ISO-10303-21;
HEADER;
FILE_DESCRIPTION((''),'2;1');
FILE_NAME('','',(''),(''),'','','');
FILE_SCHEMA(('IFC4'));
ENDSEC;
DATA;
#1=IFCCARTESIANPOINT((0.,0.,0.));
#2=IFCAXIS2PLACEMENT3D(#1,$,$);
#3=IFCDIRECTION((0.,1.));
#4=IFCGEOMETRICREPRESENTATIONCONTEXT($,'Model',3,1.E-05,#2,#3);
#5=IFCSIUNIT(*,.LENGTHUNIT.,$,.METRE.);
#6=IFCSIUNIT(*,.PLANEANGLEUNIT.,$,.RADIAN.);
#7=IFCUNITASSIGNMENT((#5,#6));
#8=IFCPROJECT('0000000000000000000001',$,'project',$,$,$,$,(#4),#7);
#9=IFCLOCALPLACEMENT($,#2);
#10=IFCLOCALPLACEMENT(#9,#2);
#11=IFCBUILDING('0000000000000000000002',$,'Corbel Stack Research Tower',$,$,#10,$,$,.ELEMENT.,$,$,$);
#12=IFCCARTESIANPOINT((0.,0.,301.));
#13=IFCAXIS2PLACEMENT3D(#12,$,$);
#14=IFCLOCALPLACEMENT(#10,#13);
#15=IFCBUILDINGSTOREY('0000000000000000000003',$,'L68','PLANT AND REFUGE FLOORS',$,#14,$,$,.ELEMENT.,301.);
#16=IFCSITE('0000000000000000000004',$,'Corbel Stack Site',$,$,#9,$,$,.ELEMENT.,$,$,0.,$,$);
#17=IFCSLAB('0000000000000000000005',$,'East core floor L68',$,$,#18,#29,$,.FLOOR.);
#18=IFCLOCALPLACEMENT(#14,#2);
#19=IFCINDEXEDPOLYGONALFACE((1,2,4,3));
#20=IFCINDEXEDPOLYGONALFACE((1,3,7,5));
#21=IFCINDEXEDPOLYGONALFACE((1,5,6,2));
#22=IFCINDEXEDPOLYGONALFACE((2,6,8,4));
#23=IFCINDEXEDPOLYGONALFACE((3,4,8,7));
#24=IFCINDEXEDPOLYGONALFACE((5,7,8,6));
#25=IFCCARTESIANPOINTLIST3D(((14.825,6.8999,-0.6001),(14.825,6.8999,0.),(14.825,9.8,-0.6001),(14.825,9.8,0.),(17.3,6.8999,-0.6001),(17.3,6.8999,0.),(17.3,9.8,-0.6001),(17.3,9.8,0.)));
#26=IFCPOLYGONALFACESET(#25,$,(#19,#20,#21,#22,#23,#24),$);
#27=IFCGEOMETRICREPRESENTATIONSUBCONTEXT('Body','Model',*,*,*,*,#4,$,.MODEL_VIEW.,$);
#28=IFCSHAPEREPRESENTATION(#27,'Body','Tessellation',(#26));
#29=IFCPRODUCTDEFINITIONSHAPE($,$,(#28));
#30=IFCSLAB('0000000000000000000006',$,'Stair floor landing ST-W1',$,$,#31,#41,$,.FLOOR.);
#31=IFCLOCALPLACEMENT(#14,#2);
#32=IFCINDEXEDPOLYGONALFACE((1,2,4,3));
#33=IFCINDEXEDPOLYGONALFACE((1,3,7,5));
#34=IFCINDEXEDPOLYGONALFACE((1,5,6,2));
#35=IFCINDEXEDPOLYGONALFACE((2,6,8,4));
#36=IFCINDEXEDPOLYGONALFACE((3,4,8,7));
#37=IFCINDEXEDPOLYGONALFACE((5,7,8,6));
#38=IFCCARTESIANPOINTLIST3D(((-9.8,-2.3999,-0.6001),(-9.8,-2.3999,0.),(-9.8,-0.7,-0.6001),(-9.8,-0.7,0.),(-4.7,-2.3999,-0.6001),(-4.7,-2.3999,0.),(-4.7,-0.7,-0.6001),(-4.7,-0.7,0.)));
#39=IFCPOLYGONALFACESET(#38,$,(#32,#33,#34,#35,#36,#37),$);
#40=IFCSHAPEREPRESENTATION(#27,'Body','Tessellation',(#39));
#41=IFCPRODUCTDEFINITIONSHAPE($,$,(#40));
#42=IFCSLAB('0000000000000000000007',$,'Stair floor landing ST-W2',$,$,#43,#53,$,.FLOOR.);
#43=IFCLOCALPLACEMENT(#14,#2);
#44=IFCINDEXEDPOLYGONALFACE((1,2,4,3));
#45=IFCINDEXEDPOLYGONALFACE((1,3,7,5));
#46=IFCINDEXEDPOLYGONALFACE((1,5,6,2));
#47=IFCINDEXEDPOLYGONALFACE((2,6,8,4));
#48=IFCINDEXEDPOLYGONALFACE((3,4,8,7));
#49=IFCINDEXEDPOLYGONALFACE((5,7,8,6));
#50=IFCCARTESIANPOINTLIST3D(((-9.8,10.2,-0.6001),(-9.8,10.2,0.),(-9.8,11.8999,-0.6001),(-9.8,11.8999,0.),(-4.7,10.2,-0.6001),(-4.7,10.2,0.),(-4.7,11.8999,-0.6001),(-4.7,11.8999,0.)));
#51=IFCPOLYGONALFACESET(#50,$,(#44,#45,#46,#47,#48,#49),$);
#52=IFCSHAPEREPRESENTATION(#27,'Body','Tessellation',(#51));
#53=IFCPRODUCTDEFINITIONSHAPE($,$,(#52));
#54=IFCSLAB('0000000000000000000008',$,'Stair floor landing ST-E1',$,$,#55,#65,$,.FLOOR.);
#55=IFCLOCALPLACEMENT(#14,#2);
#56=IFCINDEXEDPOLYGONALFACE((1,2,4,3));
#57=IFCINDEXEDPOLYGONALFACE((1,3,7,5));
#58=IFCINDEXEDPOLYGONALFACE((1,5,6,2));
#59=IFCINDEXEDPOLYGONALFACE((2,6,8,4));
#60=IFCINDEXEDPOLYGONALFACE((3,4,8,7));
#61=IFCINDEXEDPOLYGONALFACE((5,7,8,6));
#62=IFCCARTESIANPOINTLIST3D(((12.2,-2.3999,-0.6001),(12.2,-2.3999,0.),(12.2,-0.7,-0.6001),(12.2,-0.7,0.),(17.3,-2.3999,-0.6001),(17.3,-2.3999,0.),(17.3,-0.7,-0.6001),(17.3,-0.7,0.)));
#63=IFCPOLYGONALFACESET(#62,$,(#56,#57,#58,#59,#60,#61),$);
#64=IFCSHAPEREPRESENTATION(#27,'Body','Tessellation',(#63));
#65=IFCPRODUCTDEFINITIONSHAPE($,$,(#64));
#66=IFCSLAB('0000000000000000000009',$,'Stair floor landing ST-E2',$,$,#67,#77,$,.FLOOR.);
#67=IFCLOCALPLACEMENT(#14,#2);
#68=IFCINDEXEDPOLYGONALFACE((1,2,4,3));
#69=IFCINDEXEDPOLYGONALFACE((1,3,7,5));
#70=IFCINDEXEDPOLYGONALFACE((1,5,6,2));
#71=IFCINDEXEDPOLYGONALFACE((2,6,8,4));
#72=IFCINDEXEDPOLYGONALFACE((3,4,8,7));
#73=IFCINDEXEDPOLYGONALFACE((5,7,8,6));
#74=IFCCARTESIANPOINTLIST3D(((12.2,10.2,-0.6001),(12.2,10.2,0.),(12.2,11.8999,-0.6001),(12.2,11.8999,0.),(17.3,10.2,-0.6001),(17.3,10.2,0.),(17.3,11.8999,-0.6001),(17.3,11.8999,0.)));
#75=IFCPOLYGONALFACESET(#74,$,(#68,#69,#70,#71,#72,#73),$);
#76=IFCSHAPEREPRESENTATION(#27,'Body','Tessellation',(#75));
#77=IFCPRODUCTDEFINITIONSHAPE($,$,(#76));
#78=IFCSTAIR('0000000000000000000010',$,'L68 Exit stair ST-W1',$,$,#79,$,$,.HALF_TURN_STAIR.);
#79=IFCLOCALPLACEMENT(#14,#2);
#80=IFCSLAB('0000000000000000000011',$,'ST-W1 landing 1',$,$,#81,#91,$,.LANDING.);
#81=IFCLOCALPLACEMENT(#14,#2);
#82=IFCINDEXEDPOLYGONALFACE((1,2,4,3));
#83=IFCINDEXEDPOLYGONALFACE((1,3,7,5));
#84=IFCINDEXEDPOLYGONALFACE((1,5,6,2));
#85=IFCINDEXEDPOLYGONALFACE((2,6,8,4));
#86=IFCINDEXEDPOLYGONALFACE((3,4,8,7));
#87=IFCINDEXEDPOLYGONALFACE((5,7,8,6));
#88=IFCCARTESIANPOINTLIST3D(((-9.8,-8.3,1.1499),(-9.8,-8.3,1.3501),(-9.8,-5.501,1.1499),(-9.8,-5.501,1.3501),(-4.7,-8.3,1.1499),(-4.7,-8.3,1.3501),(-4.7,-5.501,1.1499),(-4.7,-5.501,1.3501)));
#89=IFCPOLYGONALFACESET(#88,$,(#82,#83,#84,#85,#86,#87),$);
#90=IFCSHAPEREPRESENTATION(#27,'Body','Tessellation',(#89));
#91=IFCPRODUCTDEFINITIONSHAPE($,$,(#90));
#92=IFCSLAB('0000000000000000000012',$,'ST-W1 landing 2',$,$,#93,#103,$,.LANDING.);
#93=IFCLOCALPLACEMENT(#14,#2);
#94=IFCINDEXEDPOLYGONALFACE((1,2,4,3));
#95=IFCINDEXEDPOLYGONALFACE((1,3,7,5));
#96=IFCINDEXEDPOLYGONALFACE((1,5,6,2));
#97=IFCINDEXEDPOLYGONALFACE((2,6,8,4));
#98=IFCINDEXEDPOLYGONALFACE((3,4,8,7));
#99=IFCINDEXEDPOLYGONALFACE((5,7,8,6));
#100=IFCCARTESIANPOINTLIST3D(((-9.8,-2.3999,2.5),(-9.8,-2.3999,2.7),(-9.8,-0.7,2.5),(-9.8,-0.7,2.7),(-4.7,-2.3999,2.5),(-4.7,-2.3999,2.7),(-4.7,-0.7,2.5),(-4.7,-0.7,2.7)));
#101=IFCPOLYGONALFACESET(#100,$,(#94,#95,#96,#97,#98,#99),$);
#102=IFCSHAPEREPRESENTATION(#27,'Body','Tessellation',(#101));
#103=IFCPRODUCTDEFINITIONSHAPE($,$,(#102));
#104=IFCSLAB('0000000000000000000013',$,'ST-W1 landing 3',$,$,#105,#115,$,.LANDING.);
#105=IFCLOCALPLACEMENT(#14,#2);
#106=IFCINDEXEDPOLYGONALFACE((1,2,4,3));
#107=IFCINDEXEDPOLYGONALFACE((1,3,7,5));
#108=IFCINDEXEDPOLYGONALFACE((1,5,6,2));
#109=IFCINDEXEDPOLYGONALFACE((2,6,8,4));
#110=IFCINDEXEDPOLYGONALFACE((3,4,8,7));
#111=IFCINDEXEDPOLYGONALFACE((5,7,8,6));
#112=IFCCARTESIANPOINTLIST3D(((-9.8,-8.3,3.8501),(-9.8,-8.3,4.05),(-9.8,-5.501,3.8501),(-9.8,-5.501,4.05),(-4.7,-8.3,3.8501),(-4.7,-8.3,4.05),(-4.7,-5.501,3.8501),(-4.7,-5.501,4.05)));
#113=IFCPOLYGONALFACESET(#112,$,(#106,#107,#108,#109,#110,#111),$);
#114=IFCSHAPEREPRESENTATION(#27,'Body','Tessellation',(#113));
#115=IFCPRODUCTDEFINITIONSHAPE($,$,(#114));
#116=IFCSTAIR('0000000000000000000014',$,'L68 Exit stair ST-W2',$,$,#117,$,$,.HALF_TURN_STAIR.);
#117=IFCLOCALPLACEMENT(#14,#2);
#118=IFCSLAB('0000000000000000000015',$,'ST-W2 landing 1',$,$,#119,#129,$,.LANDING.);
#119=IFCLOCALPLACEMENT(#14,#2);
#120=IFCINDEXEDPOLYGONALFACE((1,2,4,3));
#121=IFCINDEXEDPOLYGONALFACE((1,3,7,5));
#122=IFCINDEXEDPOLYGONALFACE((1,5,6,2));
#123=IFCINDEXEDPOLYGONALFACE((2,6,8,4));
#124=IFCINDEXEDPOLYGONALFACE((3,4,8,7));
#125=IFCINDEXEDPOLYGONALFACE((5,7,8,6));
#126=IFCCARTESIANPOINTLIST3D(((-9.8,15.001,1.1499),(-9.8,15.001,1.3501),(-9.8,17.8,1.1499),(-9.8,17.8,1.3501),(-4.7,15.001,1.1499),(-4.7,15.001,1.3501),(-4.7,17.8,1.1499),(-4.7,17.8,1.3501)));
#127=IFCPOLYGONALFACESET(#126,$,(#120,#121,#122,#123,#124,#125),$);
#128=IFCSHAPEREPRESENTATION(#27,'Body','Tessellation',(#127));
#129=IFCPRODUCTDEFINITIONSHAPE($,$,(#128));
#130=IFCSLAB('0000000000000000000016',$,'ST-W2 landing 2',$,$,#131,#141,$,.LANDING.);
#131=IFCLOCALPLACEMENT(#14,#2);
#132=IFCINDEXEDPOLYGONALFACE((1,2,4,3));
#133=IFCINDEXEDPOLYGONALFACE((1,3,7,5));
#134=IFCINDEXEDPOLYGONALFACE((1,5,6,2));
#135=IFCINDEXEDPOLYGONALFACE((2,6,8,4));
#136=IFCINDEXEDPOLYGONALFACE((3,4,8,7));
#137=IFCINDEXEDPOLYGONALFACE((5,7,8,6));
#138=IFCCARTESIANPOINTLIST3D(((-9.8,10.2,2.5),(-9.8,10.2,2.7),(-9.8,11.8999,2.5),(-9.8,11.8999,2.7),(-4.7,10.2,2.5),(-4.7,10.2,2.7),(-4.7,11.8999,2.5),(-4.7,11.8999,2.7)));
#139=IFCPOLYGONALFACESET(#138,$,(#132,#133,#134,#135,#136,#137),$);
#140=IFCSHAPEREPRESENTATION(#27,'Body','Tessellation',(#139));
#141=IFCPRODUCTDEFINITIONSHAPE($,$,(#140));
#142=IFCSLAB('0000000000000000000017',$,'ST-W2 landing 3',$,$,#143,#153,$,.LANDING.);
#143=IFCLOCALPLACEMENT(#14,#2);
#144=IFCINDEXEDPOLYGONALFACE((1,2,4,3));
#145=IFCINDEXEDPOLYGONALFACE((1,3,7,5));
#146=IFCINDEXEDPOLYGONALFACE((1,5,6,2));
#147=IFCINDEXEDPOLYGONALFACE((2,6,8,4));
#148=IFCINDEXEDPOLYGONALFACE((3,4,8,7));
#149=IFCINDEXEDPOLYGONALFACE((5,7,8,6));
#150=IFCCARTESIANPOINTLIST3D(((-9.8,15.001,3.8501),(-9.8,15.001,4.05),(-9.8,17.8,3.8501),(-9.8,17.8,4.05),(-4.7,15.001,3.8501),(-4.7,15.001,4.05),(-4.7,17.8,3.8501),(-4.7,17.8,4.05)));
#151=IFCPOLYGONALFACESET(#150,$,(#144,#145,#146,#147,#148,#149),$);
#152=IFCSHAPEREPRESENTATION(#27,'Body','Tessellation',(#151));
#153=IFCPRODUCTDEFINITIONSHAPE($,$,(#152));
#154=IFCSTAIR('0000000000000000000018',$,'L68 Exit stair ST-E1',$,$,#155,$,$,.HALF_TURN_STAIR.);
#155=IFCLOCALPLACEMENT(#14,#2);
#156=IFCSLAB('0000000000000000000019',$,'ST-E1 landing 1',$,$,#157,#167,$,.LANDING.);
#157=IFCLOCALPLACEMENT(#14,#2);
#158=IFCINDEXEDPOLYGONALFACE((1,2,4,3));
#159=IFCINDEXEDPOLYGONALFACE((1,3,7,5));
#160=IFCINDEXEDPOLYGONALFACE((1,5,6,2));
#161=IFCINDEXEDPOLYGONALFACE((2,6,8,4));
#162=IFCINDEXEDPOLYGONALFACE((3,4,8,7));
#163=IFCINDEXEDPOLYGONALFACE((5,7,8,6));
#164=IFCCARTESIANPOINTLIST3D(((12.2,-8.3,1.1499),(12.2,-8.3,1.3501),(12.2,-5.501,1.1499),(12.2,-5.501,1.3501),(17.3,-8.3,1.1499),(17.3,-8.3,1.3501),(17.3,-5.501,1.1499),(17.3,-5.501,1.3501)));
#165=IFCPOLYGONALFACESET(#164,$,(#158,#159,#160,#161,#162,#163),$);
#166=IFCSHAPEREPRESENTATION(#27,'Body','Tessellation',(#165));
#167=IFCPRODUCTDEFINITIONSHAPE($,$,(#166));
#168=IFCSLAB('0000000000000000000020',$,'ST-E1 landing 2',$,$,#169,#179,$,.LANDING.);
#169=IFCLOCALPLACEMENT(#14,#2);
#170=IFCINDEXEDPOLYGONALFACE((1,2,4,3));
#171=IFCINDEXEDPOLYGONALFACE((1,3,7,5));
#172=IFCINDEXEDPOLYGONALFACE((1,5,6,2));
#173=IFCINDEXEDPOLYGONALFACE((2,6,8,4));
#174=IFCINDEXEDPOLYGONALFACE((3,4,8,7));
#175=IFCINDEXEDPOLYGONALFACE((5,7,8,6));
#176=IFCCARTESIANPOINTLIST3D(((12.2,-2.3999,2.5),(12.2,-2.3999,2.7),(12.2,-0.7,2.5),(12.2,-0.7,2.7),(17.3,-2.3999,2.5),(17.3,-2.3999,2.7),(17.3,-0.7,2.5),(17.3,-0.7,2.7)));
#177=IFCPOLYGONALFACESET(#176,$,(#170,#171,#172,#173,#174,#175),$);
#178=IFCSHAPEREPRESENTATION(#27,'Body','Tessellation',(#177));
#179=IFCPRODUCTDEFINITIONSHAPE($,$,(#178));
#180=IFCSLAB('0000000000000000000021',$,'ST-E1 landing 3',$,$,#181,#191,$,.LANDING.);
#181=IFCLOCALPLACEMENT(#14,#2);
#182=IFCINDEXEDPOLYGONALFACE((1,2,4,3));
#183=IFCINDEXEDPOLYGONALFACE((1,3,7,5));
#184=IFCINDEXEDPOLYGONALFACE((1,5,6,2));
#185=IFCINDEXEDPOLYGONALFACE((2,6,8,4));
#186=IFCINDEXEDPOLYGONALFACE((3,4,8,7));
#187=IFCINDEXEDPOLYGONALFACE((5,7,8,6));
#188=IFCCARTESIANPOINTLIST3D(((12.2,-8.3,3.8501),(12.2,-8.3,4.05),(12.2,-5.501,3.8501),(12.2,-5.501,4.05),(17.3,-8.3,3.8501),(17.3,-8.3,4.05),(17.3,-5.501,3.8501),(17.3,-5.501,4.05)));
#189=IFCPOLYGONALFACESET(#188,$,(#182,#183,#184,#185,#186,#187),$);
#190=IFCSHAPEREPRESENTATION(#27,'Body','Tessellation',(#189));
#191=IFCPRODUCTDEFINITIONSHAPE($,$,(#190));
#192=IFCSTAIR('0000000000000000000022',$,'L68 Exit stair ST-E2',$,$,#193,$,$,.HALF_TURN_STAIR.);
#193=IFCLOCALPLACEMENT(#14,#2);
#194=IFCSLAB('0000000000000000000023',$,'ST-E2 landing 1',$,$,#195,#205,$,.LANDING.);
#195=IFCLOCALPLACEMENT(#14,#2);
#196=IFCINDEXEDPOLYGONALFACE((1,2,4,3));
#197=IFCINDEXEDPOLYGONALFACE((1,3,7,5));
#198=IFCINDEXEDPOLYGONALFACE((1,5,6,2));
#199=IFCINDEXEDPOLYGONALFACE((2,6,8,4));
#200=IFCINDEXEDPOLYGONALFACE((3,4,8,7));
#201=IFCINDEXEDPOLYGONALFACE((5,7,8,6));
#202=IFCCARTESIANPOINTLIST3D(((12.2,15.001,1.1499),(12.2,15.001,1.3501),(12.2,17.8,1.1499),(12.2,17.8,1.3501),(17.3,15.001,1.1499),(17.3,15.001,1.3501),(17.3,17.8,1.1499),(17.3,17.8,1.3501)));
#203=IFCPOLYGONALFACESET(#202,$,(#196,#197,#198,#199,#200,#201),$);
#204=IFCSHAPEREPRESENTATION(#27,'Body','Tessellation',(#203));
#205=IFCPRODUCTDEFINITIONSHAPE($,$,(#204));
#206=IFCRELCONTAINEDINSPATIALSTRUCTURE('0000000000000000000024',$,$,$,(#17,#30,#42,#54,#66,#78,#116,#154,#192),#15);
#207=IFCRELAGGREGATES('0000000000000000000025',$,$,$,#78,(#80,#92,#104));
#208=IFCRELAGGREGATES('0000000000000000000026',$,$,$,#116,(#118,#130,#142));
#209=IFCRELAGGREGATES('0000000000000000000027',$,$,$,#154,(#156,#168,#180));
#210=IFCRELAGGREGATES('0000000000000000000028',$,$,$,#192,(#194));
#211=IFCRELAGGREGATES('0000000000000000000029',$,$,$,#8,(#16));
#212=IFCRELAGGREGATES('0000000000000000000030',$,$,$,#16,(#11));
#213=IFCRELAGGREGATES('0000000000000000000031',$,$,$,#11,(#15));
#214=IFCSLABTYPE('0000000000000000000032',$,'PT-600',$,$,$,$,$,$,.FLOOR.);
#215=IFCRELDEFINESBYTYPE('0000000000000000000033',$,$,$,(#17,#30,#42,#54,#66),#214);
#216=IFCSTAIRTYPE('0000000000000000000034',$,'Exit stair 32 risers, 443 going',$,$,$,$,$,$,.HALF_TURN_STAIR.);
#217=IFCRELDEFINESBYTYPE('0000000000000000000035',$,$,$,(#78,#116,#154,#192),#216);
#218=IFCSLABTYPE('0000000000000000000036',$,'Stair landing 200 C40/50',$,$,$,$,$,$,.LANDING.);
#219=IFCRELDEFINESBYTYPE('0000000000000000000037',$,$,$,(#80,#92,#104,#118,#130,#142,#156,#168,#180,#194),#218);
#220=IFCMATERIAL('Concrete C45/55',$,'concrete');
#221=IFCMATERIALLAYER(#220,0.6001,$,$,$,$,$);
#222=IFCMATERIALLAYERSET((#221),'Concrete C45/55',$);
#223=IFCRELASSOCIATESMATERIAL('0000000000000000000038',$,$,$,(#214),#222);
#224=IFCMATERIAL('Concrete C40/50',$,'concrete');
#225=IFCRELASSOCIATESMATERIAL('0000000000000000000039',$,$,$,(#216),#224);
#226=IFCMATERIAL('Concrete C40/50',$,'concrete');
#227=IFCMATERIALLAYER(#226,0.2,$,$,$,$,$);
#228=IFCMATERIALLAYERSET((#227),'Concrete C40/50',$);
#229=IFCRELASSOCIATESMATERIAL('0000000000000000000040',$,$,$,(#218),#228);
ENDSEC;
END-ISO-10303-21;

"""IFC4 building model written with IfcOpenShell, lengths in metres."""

from ifc_helpers import new_model, si_unit, direction, frame, origin, place, context, subcontext, project, spatial, polyline, outline, extrude, material, layer, layer_set, type_object, element, aggregate, save


model = new_model("IFC4")

# Units and contexts
model_context = context("Model", 3, precision=1e-05, world=origin(), true_north=direction((0.0, 1.0)))
body_context = subcontext(model_context, "Body", "Model", "MODEL_VIEW")
ifc_project = project(units=[si_unit("LENGTHUNIT", "METRE"), si_unit("PLANEANGLEUNIT", "RADIAN")], contexts=[model_context])

# Site, building, storey
site_placement = place(None, origin())
site = spatial("IfcSite", under=ifc_project, at=site_placement, Name="Corbel Stack Site", CompositionType="ELEMENT", RefElevation=0.0)
building_placement = place(site_placement, origin())
building = spatial("IfcBuilding", under=site, at=building_placement, Name="Corbel Stack Research Tower", CompositionType="ELEMENT")
storey_placement = place(building_placement, frame((0.0, 0.0, 301.0)))
storey = spatial("IfcBuildingStorey", under=building, at=storey_placement, Name="L68", Description="PLANT AND REFUGE FLOORS", CompositionType="ELEMENT", Elevation=301.0)

# Slabs
ifc_material_1 = material(Name="Concrete C45/55", Category="concrete")
ifc_layer_1 = layer(ifc_material_1, 0.6001)
ifc_layer_set_1 = layer_set([ifc_layer_1], Name="Concrete C45/55")
slab_type_1 = type_object("IfcSlabType", Name="PT-600", PredefinedType="FLOOR", material=ifc_layer_set_1)
slab_1_placement = place(storey_placement, frame((0.0, 0.0, -0.6001)))
element("IfcSlab", 1, at=slab_1_placement, inside=storey, type_object=slab_type_1, Name="East core floor L68", PredefinedType="FLOOR", context=body_context, shape_type="SweptSolid", body=[
    extrude(outline(polyline([(17.3, 6.8999), (17.3, 9.8), (14.825, 9.8), (14.825, 6.8999), (17.3, 6.8999)])), origin(), (0.0, 0.0, 1.0), 0.6001),
])
slab_2_placement = place(storey_placement, frame((0.0, 0.0, -0.6001)))
element("IfcSlab", 2, at=slab_2_placement, inside=storey, type_object=slab_type_1, Name="Stair floor landing ST-W1", PredefinedType="FLOOR", context=body_context, shape_type="SweptSolid", body=[
    extrude(outline(polyline([(-9.8, -2.3999), (-4.7, -2.3999), (-4.7, -0.7), (-9.8, -0.7), (-9.8, -2.3999)])), origin(), (0.0, 0.0, 1.0), 0.6001),
])
slab_3_placement = place(storey_placement, frame((0.0, 0.0, -0.6001)))
element("IfcSlab", 3, at=slab_3_placement, inside=storey, type_object=slab_type_1, Name="Stair floor landing ST-W2", PredefinedType="FLOOR", context=body_context, shape_type="SweptSolid", body=[
    extrude(outline(polyline([(-9.8, 10.2), (-4.7, 10.2), (-4.7, 11.8999), (-9.8, 11.8999), (-9.8, 10.2)])), origin(), (0.0, 0.0, 1.0), 0.6001),
])
slab_4_placement = place(storey_placement, frame((0.0, 0.0, -0.6001)))
element("IfcSlab", 4, at=slab_4_placement, inside=storey, type_object=slab_type_1, Name="Stair floor landing ST-E1", PredefinedType="FLOOR", context=body_context, shape_type="SweptSolid", body=[
    extrude(outline(polyline([(12.2, -2.3999), (17.3, -2.3999), (17.3, -0.7), (12.2, -0.7), (12.2, -2.3999)])), origin(), (0.0, 0.0, 1.0), 0.6001),
])
slab_5_placement = place(storey_placement, frame((0.0, 0.0, -0.6001)))
element("IfcSlab", 5, at=slab_5_placement, inside=storey, type_object=slab_type_1, Name="Stair floor landing ST-E2", PredefinedType="FLOOR", context=body_context, shape_type="SweptSolid", body=[
    extrude(outline(polyline([(12.2, 10.2), (17.3, 10.2), (17.3, 11.8999), (12.2, 11.8999), (12.2, 10.2)])), origin(), (0.0, 0.0, 1.0), 0.6001),
])

# Stairs, slabs
ifc_material_2 = material(Name="Concrete C40/50", Category="concrete")
stair_type = type_object("IfcStairType", Name="Exit stair 32 risers, 443 going", PredefinedType="HALF_TURN_STAIR", material=ifc_material_2)
stair_1_placement = place(storey_placement, origin())
stair_1 = element("IfcStair", 6, at=stair_1_placement, inside=storey, type_object=stair_type, Name="L68 Exit stair ST-W1", PredefinedType="HALF_TURN_STAIR")
ifc_material_3 = material(Name="Concrete C40/50", Category="concrete")
ifc_layer_2 = layer(ifc_material_3, 0.2)
ifc_layer_set_2 = layer_set([ifc_layer_2], Name="Concrete C40/50")
slab_type_2 = type_object("IfcSlabType", Name="Stair landing 200 C40/50", PredefinedType="LANDING", material=ifc_layer_set_2)
slab_6_placement = place(storey_placement, frame((0.0, 0.0, 1.1499)))
slab_6 = element("IfcSlab", 7, at=slab_6_placement, type_object=slab_type_2, Name="ST-W1 landing 1", PredefinedType="LANDING", context=body_context, shape_type="SweptSolid", body=[
    extrude(outline(polyline([(-9.8, -8.3), (-9.8, -5.501), (-4.7, -5.501), (-4.7, -8.3), (-9.8, -8.3)])), origin(), (0.0, 0.0, 1.0), 0.2002),
])
slab_7_placement = place(storey_placement, frame((0.0, 0.0, 2.5)))
slab_7 = element("IfcSlab", 8, at=slab_7_placement, type_object=slab_type_2, Name="ST-W1 landing 2", PredefinedType="LANDING", context=body_context, shape_type="SweptSolid", body=[
    extrude(outline(polyline([(-9.8, -2.3999), (-9.8, -0.7), (-4.7, -0.7), (-4.7, -2.3999), (-9.8, -2.3999)])), origin(), (0.0, 0.0, 1.0), 0.2),
])
slab_8_placement = place(storey_placement, frame((0.0, 0.0, 3.8501)))
slab_8 = element("IfcSlab", 9, at=slab_8_placement, type_object=slab_type_2, Name="ST-W1 landing 3", PredefinedType="LANDING", context=body_context, shape_type="SweptSolid", body=[
    extrude(outline(polyline([(-9.8, -8.3), (-9.8, -5.501), (-4.7, -5.501), (-4.7, -8.3), (-9.8, -8.3)])), origin(), (0.0, 0.0, 1.0), 0.2),
])
aggregate(stair_1, [slab_6, slab_7, slab_8])
stair_2_placement = place(storey_placement, origin())
stair_2 = element("IfcStair", 10, at=stair_2_placement, inside=storey, type_object=stair_type, Name="L68 Exit stair ST-W2", PredefinedType="HALF_TURN_STAIR")
slab_9_placement = place(storey_placement, frame((0.0, 0.0, 1.1499)))
slab_9 = element("IfcSlab", 11, at=slab_9_placement, type_object=slab_type_2, Name="ST-W2 landing 1", PredefinedType="LANDING", context=body_context, shape_type="SweptSolid", body=[
    extrude(outline(polyline([(-9.8, 15.001), (-9.8, 17.8), (-4.7, 17.8), (-4.7, 15.001), (-9.8, 15.001)])), origin(), (0.0, 0.0, 1.0), 0.2002),
])
slab_10_placement = place(storey_placement, frame((0.0, 0.0, 2.5)))
slab_10 = element("IfcSlab", 12, at=slab_10_placement, type_object=slab_type_2, Name="ST-W2 landing 2", PredefinedType="LANDING", context=body_context, shape_type="SweptSolid", body=[
    extrude(outline(polyline([(-9.8, 10.2), (-9.8, 11.8999), (-4.7, 11.8999), (-4.7, 10.2), (-9.8, 10.2)])), origin(), (0.0, 0.0, 1.0), 0.2),
])
slab_11_placement = place(storey_placement, frame((0.0, 0.0, 3.8501)))
slab_11 = element("IfcSlab", 13, at=slab_11_placement, type_object=slab_type_2, Name="ST-W2 landing 3", PredefinedType="LANDING", context=body_context, shape_type="SweptSolid", body=[
    extrude(outline(polyline([(-9.8, 15.001), (-9.8, 17.8), (-4.7, 17.8), (-4.7, 15.001), (-9.8, 15.001)])), origin(), (0.0, 0.0, 1.0), 0.2),
])
aggregate(stair_2, [slab_9, slab_10, slab_11])
stair_3_placement = place(storey_placement, origin())
stair_3 = element("IfcStair", 14, at=stair_3_placement, inside=storey, type_object=stair_type, Name="L68 Exit stair ST-E1", PredefinedType="HALF_TURN_STAIR")
slab_12_placement = place(storey_placement, frame((0.0, 0.0, 1.1499)))
slab_12 = element("IfcSlab", 15, at=slab_12_placement, type_object=slab_type_2, Name="ST-E1 landing 1", PredefinedType="LANDING", context=body_context, shape_type="SweptSolid", body=[
    extrude(outline(polyline([(12.2, -8.3), (12.2, -5.501), (17.3, -5.501), (17.3, -8.3), (12.2, -8.3)])), origin(), (0.0, 0.0, 1.0), 0.2002),
])
slab_13_placement = place(storey_placement, frame((0.0, 0.0, 2.5)))
slab_13 = element("IfcSlab", 16, at=slab_13_placement, type_object=slab_type_2, Name="ST-E1 landing 2", PredefinedType="LANDING", context=body_context, shape_type="SweptSolid", body=[
    extrude(outline(polyline([(12.2, -2.3999), (12.2, -0.7), (17.3, -0.7), (17.3, -2.3999), (12.2, -2.3999)])), origin(), (0.0, 0.0, 1.0), 0.2),
])
slab_14_placement = place(storey_placement, frame((0.0, 0.0, 3.8501)))
slab_14 = element("IfcSlab", 17, at=slab_14_placement, type_object=slab_type_2, Name="ST-E1 landing 3", PredefinedType="LANDING", context=body_context, shape_type="SweptSolid", body=[
    extrude(outline(polyline([(12.2, -8.3), (12.2, -5.501), (17.3, -5.501), (17.3, -8.3), (12.2, -8.3)])), origin(), (0.0, 0.0, 1.0), 0.2),
])
aggregate(stair_3, [slab_12, slab_13, slab_14])
stair_4_placement = place(storey_placement, origin())
stair_4 = element("IfcStair", 18, at=stair_4_placement, inside=storey, type_object=stair_type, Name="L68 Exit stair ST-E2", PredefinedType="HALF_TURN_STAIR")
slab_15_placement = place(storey_placement, frame((0.0, 0.0, 1.1499)))
slab_15 = element("IfcSlab", 19, at=slab_15_placement, type_object=slab_type_2, Name="ST-E2 landing 1", PredefinedType="LANDING", context=body_context, shape_type="SweptSolid", body=[
    extrude(outline(polyline([(12.2, 15.001), (12.2, 17.8), (17.3, 17.8), (17.3, 15.001), (12.2, 15.001)])), origin(), (0.0, 0.0, 1.0), 0.2002),
])
aggregate(stair_4, [slab_15])

save(model, "model.ifc")
